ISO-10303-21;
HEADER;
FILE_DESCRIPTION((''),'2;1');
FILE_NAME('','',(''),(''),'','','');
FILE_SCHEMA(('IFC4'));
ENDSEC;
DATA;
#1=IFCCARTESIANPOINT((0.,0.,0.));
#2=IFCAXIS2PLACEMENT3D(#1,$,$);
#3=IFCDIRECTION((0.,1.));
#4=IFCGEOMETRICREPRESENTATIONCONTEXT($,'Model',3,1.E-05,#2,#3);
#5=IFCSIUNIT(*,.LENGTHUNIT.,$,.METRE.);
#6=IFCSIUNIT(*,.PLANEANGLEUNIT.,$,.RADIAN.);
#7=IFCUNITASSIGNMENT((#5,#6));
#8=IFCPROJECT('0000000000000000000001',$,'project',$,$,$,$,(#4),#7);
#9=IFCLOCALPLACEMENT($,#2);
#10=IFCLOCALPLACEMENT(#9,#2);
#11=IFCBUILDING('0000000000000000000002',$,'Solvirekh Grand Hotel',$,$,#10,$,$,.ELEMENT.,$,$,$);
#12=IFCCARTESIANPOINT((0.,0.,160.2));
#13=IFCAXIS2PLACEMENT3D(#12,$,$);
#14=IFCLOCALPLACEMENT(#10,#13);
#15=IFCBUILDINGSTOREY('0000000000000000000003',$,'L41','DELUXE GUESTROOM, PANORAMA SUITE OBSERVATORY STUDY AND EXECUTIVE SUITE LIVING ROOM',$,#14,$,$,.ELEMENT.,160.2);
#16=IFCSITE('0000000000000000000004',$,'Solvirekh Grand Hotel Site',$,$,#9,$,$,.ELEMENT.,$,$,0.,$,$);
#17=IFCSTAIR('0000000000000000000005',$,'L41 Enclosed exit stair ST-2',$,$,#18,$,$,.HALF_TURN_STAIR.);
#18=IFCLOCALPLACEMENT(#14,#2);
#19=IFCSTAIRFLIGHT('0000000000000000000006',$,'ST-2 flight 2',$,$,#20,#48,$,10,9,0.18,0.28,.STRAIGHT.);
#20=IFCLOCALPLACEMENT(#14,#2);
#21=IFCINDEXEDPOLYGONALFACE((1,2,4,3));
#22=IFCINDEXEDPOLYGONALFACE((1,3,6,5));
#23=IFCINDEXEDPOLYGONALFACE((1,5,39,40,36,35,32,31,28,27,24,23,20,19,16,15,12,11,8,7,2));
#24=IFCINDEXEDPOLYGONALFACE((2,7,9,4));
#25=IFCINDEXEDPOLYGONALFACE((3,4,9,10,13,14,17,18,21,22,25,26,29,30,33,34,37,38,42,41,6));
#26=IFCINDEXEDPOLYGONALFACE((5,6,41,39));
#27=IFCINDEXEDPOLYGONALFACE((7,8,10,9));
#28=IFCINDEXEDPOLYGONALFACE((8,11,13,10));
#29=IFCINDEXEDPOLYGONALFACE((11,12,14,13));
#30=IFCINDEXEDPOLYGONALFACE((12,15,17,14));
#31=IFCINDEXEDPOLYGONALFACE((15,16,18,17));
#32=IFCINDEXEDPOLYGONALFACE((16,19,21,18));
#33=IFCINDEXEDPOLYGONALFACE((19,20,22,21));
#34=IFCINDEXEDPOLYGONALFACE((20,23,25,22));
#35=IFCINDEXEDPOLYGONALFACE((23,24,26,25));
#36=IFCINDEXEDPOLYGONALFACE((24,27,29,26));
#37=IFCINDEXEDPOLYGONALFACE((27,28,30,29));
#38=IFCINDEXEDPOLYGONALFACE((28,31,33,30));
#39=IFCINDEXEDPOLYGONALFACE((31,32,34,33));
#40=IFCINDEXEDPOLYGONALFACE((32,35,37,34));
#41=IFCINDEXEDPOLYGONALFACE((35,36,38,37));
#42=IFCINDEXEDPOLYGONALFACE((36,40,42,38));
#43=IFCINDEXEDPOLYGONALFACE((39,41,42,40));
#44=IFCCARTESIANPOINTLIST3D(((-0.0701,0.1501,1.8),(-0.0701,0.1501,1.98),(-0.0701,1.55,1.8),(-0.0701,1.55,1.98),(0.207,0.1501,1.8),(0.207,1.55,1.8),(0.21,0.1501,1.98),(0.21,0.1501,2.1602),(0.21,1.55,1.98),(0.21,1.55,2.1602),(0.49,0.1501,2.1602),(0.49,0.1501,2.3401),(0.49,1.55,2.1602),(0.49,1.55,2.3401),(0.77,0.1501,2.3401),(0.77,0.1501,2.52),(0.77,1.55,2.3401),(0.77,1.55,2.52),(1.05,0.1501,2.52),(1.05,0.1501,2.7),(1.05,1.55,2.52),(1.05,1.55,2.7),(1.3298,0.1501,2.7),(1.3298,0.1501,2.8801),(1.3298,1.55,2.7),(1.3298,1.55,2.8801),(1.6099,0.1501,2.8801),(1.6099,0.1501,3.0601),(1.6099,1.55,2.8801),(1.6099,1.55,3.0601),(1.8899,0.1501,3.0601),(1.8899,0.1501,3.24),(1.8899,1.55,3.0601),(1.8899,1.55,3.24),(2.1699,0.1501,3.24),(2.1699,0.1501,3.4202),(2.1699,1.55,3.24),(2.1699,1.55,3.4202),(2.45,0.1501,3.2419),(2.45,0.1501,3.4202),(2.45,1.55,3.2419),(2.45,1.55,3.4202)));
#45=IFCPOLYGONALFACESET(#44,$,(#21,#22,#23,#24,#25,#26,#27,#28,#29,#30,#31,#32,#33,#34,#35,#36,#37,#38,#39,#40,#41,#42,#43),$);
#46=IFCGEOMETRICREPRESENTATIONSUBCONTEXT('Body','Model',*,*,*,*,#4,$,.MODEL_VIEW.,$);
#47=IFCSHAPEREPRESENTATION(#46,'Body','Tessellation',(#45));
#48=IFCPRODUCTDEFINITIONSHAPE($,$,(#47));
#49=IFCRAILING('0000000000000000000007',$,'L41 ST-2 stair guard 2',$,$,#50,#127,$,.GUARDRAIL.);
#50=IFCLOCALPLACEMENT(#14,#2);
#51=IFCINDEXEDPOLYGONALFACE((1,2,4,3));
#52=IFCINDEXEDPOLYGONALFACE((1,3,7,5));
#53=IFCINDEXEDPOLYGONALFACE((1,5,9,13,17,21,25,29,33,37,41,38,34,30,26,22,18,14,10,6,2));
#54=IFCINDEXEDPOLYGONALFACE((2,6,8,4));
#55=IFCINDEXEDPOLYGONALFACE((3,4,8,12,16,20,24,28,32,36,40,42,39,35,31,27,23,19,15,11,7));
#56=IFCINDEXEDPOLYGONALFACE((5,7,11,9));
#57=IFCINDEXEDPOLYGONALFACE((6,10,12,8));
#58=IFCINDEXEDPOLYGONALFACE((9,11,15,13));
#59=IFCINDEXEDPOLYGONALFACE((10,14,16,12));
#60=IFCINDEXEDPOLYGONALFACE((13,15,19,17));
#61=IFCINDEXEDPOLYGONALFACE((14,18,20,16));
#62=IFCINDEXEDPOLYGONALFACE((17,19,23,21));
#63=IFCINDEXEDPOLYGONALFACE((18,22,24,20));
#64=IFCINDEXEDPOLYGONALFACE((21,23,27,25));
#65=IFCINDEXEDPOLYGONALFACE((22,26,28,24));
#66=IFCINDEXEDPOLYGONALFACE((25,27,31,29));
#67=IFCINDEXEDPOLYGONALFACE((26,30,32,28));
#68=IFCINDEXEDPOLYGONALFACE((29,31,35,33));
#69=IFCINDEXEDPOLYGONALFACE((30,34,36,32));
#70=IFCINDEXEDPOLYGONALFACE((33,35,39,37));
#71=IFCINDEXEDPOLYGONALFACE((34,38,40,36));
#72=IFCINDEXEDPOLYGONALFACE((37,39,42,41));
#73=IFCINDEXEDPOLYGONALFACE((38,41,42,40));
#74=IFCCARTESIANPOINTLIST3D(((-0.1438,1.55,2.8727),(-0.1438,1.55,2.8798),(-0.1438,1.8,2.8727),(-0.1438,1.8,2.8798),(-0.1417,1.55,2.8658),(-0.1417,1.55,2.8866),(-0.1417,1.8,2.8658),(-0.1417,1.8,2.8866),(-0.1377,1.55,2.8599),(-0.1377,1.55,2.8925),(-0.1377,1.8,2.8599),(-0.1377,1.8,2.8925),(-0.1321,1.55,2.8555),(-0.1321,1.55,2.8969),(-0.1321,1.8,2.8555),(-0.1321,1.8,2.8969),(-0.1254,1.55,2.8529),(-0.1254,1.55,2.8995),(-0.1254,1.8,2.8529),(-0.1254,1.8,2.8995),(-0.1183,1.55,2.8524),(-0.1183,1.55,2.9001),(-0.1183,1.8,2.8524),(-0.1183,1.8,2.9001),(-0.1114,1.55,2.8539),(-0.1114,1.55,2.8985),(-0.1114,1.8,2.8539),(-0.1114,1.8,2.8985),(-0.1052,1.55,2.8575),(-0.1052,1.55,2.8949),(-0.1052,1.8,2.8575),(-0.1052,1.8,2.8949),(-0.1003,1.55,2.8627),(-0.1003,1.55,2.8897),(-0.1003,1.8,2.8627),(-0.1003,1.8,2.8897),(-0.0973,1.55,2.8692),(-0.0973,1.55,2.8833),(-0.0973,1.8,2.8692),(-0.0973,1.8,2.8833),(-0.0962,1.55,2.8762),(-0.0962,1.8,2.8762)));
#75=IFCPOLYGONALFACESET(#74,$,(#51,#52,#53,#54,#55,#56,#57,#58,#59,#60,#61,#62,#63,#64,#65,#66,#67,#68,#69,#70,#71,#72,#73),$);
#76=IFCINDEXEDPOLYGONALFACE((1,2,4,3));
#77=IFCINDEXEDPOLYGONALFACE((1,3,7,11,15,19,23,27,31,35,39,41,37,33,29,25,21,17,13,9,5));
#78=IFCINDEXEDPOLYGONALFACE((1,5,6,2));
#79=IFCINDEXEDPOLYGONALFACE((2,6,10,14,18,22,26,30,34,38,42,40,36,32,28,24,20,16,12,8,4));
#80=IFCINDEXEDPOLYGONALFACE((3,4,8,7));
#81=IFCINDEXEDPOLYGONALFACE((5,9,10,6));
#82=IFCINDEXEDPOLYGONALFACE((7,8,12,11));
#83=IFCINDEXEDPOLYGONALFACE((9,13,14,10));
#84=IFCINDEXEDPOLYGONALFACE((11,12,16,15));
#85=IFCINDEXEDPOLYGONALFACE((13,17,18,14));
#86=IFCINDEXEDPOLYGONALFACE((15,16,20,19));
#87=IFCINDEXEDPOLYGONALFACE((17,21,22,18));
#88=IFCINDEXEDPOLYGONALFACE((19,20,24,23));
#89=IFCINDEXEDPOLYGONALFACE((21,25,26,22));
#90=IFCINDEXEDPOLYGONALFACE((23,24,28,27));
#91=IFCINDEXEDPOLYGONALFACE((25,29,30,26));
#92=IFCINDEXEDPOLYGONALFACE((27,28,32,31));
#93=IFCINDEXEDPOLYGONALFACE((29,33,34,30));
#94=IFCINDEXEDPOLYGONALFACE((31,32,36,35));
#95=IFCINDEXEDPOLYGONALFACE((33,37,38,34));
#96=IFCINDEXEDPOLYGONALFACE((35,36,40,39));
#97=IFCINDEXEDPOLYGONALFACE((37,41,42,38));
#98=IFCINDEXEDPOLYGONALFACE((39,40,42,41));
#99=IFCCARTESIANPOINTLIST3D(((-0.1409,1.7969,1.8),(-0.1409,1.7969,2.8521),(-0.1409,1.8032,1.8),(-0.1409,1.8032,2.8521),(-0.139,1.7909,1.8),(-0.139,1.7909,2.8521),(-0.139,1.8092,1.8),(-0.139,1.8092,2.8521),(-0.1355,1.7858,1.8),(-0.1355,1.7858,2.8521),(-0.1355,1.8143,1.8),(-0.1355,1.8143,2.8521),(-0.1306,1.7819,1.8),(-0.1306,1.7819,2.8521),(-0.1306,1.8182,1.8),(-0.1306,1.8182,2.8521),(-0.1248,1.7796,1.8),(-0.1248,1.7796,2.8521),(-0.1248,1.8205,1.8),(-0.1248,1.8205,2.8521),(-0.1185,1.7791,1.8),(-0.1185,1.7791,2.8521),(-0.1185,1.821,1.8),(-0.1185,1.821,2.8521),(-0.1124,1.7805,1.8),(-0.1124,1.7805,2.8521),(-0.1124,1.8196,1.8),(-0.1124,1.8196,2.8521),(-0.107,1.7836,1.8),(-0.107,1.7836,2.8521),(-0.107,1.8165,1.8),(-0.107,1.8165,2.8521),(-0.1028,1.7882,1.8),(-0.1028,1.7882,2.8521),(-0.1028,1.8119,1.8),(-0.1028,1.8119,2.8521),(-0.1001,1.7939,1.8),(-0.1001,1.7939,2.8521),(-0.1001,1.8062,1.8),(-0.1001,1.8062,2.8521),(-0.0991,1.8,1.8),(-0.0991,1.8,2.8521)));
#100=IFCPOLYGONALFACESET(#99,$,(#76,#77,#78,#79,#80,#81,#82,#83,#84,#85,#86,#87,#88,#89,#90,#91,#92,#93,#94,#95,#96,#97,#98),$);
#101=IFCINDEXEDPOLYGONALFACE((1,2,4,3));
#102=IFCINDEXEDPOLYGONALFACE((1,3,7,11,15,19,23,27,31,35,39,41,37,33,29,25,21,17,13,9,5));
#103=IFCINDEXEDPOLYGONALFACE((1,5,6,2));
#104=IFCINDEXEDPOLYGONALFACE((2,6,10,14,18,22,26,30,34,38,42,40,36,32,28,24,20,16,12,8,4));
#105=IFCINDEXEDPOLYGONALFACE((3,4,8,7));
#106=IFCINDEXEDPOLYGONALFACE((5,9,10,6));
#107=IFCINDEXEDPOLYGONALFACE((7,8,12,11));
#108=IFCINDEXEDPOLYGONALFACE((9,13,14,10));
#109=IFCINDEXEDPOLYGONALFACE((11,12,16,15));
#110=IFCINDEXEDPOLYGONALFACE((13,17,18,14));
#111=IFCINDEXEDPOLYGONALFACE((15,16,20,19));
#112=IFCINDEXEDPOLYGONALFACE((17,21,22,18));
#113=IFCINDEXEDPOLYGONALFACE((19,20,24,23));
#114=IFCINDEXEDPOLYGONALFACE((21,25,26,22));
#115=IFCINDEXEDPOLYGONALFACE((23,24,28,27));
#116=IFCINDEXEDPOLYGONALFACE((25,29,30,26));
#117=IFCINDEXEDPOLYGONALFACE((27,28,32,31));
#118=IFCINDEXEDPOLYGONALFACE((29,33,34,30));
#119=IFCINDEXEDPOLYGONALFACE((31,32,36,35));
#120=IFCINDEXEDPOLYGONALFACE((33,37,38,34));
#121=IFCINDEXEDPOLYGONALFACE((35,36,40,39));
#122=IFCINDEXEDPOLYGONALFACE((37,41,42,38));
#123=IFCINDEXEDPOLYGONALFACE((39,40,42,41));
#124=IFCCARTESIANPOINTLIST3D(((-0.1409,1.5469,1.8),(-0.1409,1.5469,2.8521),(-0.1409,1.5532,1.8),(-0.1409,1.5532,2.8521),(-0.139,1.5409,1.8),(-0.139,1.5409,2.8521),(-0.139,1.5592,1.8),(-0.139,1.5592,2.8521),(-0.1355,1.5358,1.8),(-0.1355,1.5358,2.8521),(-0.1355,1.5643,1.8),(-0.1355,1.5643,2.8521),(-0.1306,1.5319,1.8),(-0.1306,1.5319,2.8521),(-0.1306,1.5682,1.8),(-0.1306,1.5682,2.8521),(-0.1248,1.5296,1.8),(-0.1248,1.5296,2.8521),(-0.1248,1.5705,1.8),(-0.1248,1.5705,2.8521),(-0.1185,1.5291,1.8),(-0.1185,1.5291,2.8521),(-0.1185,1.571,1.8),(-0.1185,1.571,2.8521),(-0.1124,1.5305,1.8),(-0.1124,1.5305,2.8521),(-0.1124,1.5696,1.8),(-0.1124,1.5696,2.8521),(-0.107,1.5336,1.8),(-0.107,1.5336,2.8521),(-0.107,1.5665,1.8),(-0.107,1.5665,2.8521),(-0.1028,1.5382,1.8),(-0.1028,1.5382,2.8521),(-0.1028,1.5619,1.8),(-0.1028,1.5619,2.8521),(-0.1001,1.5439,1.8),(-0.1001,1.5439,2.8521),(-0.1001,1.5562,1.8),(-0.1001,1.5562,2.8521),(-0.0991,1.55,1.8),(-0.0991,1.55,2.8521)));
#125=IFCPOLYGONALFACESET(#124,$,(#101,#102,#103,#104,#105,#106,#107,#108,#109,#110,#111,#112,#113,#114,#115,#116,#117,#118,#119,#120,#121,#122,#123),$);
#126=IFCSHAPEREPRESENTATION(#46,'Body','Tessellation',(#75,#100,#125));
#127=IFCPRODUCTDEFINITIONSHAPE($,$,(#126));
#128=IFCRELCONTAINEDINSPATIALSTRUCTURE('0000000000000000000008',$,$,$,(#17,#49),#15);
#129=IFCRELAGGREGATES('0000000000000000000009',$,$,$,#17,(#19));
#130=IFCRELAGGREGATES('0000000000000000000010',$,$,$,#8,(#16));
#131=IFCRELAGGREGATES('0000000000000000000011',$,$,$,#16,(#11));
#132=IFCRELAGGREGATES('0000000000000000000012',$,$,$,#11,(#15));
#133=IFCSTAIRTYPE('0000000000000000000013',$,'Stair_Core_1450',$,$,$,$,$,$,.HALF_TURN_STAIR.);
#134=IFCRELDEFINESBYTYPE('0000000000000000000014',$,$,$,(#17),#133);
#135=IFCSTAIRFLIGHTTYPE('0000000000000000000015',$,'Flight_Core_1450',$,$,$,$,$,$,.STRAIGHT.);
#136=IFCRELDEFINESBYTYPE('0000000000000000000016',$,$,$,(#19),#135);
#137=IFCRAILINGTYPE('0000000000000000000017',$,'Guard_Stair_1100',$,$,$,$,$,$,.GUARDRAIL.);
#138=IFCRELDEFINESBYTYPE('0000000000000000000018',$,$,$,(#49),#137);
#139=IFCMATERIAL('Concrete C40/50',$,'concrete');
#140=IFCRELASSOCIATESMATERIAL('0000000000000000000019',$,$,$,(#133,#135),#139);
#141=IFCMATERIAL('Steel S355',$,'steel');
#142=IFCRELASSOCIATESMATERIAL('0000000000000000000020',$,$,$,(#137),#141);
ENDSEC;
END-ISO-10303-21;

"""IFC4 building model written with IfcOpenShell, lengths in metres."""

from ifc_helpers import new_model, si_unit, direction, frame, origin, origin_2d, place, context, subcontext, project, spatial, polyline, circle, outline, extrude, material, type_object, element, aggregate, save


model = new_model("IFC4")

# Units and contexts
model_context = context("Model", 3, precision=1e-05, world=origin(), true_north=direction((0.0, 1.0)))
body_context = subcontext(model_context, "Body", "Model", "MODEL_VIEW")
ifc_project = project(units=[si_unit("LENGTHUNIT", "METRE"), si_unit("PLANEANGLEUNIT", "RADIAN")], contexts=[model_context])

# Site, building, storey
site_placement = place(None, origin())
site = spatial("IfcSite", under=ifc_project, at=site_placement, Name="Solvirekh Grand Hotel Site", CompositionType="ELEMENT", RefElevation=0.0)
building_placement = place(site_placement, origin())
building = spatial("IfcBuilding", under=site, at=building_placement, Name="Solvirekh Grand Hotel", CompositionType="ELEMENT")
storey_placement = place(building_placement, frame((0.0, 0.0, 160.2)))
storey = spatial("IfcBuildingStorey", under=building, at=storey_placement, Name="L41", Description="DELUXE GUESTROOM, PANORAMA SUITE OBSERVATORY STUDY AND EXECUTIVE SUITE LIVING ROOM", CompositionType="ELEMENT", Elevation=160.2)

# Shared definitions
ifc_material_1 = material(Name="Steel S355", Category="steel")

# Shared definitions
ifc_material_2 = material(Name="Concrete C40/50", Category="concrete")

# Stair, stair flight
stair_type = type_object("IfcStairType", Name="Stair_Core_1450", PredefinedType="HALF_TURN_STAIR", material=ifc_material_2)
stair_placement = place(storey_placement, origin())
stair = element("IfcStair", 1, at=stair_placement, inside=storey, type_object=stair_type, Name="L41 Enclosed exit stair ST-2", PredefinedType="HALF_TURN_STAIR")
stair_flight_type = type_object("IfcStairFlightType", Name="Flight_Core_1450", PredefinedType="STRAIGHT", material=ifc_material_2)
stair_flight_placement = place(storey_placement, frame((-0.0701, 0.8501, 1.8), z_axis=(0.0, 0.0, 1.0), x_axis=(1.0, 0.0, 0.0)))
stair_flight = element("IfcStairFlight", 2, at=stair_flight_placement, type_object=stair_flight_type, Name="ST-2 flight 2", NumberOfRisers=10, NumberOfTreads=9, PredefinedType="STRAIGHT", RiserHeight=0.18, TreadLength=0.28, context=body_context, shape_type="SweptSolid", body=[
    extrude(outline(polyline([(0.0, 0.0), (0.0, 0.1799), (0.28, 0.1799), (0.28, 0.3601), (0.5601, 0.3601), (0.5601, 0.54), (0.8401, 0.54), (0.8401, 0.72), (1.1201, 0.72), (1.1201, 0.8999), (1.3999, 0.8999), (1.3999, 1.0801), (1.6799, 1.0801), (1.6799, 1.26), (1.96, 1.26), (1.96, 1.4399), (2.24, 1.4399), (2.24, 1.6201), (2.52, 1.6201), (2.52, 1.8), (2.52, 1.4419), (0.2771, 0.0), (0.0, 0.0)])), frame((0.0, 0.7, 0.0), z_axis=(0.0, -1.0, 0.0), x_axis=(1.0, 0.0, 0.0)), (0.0, 0.0, 1.0), 1.3999),
])
aggregate(stair, [stair_flight])

# Railing
railing_type = type_object("IfcRailingType", Name="Guard_Stair_1100", PredefinedType="GUARDRAIL", material=ifc_material_1)
railing_1_placement = place(storey_placement, frame((-0.1201, 1.8, 1.8)))
element("IfcRailing", 3, at=railing_1_placement, inside=storey, type_object=railing_type, Name="L41 ST-2 stair guard 2", PredefinedType="GUARDRAIL", context=body_context, shape_type="SweptSolid", body=[
    extrude(circle(Radius=0.0239, at=origin_2d()), frame((0.0, 0.0, 1.0762), z_axis=(0.0, -1.0, 0.0), x_axis=(1.0, 0.0, 0.0)), (0.0, 0.0, 1.0), 0.25),
    extrude(circle(Radius=0.021, at=origin_2d()), origin(), (0.0, 0.0, 1.0), 1.052),
    extrude(circle(Radius=0.021, at=origin_2d()), frame((0.0, -0.25, 0.0)), (0.0, 0.0, 1.0), 1.052),
])

save(model, "model.ifc")
